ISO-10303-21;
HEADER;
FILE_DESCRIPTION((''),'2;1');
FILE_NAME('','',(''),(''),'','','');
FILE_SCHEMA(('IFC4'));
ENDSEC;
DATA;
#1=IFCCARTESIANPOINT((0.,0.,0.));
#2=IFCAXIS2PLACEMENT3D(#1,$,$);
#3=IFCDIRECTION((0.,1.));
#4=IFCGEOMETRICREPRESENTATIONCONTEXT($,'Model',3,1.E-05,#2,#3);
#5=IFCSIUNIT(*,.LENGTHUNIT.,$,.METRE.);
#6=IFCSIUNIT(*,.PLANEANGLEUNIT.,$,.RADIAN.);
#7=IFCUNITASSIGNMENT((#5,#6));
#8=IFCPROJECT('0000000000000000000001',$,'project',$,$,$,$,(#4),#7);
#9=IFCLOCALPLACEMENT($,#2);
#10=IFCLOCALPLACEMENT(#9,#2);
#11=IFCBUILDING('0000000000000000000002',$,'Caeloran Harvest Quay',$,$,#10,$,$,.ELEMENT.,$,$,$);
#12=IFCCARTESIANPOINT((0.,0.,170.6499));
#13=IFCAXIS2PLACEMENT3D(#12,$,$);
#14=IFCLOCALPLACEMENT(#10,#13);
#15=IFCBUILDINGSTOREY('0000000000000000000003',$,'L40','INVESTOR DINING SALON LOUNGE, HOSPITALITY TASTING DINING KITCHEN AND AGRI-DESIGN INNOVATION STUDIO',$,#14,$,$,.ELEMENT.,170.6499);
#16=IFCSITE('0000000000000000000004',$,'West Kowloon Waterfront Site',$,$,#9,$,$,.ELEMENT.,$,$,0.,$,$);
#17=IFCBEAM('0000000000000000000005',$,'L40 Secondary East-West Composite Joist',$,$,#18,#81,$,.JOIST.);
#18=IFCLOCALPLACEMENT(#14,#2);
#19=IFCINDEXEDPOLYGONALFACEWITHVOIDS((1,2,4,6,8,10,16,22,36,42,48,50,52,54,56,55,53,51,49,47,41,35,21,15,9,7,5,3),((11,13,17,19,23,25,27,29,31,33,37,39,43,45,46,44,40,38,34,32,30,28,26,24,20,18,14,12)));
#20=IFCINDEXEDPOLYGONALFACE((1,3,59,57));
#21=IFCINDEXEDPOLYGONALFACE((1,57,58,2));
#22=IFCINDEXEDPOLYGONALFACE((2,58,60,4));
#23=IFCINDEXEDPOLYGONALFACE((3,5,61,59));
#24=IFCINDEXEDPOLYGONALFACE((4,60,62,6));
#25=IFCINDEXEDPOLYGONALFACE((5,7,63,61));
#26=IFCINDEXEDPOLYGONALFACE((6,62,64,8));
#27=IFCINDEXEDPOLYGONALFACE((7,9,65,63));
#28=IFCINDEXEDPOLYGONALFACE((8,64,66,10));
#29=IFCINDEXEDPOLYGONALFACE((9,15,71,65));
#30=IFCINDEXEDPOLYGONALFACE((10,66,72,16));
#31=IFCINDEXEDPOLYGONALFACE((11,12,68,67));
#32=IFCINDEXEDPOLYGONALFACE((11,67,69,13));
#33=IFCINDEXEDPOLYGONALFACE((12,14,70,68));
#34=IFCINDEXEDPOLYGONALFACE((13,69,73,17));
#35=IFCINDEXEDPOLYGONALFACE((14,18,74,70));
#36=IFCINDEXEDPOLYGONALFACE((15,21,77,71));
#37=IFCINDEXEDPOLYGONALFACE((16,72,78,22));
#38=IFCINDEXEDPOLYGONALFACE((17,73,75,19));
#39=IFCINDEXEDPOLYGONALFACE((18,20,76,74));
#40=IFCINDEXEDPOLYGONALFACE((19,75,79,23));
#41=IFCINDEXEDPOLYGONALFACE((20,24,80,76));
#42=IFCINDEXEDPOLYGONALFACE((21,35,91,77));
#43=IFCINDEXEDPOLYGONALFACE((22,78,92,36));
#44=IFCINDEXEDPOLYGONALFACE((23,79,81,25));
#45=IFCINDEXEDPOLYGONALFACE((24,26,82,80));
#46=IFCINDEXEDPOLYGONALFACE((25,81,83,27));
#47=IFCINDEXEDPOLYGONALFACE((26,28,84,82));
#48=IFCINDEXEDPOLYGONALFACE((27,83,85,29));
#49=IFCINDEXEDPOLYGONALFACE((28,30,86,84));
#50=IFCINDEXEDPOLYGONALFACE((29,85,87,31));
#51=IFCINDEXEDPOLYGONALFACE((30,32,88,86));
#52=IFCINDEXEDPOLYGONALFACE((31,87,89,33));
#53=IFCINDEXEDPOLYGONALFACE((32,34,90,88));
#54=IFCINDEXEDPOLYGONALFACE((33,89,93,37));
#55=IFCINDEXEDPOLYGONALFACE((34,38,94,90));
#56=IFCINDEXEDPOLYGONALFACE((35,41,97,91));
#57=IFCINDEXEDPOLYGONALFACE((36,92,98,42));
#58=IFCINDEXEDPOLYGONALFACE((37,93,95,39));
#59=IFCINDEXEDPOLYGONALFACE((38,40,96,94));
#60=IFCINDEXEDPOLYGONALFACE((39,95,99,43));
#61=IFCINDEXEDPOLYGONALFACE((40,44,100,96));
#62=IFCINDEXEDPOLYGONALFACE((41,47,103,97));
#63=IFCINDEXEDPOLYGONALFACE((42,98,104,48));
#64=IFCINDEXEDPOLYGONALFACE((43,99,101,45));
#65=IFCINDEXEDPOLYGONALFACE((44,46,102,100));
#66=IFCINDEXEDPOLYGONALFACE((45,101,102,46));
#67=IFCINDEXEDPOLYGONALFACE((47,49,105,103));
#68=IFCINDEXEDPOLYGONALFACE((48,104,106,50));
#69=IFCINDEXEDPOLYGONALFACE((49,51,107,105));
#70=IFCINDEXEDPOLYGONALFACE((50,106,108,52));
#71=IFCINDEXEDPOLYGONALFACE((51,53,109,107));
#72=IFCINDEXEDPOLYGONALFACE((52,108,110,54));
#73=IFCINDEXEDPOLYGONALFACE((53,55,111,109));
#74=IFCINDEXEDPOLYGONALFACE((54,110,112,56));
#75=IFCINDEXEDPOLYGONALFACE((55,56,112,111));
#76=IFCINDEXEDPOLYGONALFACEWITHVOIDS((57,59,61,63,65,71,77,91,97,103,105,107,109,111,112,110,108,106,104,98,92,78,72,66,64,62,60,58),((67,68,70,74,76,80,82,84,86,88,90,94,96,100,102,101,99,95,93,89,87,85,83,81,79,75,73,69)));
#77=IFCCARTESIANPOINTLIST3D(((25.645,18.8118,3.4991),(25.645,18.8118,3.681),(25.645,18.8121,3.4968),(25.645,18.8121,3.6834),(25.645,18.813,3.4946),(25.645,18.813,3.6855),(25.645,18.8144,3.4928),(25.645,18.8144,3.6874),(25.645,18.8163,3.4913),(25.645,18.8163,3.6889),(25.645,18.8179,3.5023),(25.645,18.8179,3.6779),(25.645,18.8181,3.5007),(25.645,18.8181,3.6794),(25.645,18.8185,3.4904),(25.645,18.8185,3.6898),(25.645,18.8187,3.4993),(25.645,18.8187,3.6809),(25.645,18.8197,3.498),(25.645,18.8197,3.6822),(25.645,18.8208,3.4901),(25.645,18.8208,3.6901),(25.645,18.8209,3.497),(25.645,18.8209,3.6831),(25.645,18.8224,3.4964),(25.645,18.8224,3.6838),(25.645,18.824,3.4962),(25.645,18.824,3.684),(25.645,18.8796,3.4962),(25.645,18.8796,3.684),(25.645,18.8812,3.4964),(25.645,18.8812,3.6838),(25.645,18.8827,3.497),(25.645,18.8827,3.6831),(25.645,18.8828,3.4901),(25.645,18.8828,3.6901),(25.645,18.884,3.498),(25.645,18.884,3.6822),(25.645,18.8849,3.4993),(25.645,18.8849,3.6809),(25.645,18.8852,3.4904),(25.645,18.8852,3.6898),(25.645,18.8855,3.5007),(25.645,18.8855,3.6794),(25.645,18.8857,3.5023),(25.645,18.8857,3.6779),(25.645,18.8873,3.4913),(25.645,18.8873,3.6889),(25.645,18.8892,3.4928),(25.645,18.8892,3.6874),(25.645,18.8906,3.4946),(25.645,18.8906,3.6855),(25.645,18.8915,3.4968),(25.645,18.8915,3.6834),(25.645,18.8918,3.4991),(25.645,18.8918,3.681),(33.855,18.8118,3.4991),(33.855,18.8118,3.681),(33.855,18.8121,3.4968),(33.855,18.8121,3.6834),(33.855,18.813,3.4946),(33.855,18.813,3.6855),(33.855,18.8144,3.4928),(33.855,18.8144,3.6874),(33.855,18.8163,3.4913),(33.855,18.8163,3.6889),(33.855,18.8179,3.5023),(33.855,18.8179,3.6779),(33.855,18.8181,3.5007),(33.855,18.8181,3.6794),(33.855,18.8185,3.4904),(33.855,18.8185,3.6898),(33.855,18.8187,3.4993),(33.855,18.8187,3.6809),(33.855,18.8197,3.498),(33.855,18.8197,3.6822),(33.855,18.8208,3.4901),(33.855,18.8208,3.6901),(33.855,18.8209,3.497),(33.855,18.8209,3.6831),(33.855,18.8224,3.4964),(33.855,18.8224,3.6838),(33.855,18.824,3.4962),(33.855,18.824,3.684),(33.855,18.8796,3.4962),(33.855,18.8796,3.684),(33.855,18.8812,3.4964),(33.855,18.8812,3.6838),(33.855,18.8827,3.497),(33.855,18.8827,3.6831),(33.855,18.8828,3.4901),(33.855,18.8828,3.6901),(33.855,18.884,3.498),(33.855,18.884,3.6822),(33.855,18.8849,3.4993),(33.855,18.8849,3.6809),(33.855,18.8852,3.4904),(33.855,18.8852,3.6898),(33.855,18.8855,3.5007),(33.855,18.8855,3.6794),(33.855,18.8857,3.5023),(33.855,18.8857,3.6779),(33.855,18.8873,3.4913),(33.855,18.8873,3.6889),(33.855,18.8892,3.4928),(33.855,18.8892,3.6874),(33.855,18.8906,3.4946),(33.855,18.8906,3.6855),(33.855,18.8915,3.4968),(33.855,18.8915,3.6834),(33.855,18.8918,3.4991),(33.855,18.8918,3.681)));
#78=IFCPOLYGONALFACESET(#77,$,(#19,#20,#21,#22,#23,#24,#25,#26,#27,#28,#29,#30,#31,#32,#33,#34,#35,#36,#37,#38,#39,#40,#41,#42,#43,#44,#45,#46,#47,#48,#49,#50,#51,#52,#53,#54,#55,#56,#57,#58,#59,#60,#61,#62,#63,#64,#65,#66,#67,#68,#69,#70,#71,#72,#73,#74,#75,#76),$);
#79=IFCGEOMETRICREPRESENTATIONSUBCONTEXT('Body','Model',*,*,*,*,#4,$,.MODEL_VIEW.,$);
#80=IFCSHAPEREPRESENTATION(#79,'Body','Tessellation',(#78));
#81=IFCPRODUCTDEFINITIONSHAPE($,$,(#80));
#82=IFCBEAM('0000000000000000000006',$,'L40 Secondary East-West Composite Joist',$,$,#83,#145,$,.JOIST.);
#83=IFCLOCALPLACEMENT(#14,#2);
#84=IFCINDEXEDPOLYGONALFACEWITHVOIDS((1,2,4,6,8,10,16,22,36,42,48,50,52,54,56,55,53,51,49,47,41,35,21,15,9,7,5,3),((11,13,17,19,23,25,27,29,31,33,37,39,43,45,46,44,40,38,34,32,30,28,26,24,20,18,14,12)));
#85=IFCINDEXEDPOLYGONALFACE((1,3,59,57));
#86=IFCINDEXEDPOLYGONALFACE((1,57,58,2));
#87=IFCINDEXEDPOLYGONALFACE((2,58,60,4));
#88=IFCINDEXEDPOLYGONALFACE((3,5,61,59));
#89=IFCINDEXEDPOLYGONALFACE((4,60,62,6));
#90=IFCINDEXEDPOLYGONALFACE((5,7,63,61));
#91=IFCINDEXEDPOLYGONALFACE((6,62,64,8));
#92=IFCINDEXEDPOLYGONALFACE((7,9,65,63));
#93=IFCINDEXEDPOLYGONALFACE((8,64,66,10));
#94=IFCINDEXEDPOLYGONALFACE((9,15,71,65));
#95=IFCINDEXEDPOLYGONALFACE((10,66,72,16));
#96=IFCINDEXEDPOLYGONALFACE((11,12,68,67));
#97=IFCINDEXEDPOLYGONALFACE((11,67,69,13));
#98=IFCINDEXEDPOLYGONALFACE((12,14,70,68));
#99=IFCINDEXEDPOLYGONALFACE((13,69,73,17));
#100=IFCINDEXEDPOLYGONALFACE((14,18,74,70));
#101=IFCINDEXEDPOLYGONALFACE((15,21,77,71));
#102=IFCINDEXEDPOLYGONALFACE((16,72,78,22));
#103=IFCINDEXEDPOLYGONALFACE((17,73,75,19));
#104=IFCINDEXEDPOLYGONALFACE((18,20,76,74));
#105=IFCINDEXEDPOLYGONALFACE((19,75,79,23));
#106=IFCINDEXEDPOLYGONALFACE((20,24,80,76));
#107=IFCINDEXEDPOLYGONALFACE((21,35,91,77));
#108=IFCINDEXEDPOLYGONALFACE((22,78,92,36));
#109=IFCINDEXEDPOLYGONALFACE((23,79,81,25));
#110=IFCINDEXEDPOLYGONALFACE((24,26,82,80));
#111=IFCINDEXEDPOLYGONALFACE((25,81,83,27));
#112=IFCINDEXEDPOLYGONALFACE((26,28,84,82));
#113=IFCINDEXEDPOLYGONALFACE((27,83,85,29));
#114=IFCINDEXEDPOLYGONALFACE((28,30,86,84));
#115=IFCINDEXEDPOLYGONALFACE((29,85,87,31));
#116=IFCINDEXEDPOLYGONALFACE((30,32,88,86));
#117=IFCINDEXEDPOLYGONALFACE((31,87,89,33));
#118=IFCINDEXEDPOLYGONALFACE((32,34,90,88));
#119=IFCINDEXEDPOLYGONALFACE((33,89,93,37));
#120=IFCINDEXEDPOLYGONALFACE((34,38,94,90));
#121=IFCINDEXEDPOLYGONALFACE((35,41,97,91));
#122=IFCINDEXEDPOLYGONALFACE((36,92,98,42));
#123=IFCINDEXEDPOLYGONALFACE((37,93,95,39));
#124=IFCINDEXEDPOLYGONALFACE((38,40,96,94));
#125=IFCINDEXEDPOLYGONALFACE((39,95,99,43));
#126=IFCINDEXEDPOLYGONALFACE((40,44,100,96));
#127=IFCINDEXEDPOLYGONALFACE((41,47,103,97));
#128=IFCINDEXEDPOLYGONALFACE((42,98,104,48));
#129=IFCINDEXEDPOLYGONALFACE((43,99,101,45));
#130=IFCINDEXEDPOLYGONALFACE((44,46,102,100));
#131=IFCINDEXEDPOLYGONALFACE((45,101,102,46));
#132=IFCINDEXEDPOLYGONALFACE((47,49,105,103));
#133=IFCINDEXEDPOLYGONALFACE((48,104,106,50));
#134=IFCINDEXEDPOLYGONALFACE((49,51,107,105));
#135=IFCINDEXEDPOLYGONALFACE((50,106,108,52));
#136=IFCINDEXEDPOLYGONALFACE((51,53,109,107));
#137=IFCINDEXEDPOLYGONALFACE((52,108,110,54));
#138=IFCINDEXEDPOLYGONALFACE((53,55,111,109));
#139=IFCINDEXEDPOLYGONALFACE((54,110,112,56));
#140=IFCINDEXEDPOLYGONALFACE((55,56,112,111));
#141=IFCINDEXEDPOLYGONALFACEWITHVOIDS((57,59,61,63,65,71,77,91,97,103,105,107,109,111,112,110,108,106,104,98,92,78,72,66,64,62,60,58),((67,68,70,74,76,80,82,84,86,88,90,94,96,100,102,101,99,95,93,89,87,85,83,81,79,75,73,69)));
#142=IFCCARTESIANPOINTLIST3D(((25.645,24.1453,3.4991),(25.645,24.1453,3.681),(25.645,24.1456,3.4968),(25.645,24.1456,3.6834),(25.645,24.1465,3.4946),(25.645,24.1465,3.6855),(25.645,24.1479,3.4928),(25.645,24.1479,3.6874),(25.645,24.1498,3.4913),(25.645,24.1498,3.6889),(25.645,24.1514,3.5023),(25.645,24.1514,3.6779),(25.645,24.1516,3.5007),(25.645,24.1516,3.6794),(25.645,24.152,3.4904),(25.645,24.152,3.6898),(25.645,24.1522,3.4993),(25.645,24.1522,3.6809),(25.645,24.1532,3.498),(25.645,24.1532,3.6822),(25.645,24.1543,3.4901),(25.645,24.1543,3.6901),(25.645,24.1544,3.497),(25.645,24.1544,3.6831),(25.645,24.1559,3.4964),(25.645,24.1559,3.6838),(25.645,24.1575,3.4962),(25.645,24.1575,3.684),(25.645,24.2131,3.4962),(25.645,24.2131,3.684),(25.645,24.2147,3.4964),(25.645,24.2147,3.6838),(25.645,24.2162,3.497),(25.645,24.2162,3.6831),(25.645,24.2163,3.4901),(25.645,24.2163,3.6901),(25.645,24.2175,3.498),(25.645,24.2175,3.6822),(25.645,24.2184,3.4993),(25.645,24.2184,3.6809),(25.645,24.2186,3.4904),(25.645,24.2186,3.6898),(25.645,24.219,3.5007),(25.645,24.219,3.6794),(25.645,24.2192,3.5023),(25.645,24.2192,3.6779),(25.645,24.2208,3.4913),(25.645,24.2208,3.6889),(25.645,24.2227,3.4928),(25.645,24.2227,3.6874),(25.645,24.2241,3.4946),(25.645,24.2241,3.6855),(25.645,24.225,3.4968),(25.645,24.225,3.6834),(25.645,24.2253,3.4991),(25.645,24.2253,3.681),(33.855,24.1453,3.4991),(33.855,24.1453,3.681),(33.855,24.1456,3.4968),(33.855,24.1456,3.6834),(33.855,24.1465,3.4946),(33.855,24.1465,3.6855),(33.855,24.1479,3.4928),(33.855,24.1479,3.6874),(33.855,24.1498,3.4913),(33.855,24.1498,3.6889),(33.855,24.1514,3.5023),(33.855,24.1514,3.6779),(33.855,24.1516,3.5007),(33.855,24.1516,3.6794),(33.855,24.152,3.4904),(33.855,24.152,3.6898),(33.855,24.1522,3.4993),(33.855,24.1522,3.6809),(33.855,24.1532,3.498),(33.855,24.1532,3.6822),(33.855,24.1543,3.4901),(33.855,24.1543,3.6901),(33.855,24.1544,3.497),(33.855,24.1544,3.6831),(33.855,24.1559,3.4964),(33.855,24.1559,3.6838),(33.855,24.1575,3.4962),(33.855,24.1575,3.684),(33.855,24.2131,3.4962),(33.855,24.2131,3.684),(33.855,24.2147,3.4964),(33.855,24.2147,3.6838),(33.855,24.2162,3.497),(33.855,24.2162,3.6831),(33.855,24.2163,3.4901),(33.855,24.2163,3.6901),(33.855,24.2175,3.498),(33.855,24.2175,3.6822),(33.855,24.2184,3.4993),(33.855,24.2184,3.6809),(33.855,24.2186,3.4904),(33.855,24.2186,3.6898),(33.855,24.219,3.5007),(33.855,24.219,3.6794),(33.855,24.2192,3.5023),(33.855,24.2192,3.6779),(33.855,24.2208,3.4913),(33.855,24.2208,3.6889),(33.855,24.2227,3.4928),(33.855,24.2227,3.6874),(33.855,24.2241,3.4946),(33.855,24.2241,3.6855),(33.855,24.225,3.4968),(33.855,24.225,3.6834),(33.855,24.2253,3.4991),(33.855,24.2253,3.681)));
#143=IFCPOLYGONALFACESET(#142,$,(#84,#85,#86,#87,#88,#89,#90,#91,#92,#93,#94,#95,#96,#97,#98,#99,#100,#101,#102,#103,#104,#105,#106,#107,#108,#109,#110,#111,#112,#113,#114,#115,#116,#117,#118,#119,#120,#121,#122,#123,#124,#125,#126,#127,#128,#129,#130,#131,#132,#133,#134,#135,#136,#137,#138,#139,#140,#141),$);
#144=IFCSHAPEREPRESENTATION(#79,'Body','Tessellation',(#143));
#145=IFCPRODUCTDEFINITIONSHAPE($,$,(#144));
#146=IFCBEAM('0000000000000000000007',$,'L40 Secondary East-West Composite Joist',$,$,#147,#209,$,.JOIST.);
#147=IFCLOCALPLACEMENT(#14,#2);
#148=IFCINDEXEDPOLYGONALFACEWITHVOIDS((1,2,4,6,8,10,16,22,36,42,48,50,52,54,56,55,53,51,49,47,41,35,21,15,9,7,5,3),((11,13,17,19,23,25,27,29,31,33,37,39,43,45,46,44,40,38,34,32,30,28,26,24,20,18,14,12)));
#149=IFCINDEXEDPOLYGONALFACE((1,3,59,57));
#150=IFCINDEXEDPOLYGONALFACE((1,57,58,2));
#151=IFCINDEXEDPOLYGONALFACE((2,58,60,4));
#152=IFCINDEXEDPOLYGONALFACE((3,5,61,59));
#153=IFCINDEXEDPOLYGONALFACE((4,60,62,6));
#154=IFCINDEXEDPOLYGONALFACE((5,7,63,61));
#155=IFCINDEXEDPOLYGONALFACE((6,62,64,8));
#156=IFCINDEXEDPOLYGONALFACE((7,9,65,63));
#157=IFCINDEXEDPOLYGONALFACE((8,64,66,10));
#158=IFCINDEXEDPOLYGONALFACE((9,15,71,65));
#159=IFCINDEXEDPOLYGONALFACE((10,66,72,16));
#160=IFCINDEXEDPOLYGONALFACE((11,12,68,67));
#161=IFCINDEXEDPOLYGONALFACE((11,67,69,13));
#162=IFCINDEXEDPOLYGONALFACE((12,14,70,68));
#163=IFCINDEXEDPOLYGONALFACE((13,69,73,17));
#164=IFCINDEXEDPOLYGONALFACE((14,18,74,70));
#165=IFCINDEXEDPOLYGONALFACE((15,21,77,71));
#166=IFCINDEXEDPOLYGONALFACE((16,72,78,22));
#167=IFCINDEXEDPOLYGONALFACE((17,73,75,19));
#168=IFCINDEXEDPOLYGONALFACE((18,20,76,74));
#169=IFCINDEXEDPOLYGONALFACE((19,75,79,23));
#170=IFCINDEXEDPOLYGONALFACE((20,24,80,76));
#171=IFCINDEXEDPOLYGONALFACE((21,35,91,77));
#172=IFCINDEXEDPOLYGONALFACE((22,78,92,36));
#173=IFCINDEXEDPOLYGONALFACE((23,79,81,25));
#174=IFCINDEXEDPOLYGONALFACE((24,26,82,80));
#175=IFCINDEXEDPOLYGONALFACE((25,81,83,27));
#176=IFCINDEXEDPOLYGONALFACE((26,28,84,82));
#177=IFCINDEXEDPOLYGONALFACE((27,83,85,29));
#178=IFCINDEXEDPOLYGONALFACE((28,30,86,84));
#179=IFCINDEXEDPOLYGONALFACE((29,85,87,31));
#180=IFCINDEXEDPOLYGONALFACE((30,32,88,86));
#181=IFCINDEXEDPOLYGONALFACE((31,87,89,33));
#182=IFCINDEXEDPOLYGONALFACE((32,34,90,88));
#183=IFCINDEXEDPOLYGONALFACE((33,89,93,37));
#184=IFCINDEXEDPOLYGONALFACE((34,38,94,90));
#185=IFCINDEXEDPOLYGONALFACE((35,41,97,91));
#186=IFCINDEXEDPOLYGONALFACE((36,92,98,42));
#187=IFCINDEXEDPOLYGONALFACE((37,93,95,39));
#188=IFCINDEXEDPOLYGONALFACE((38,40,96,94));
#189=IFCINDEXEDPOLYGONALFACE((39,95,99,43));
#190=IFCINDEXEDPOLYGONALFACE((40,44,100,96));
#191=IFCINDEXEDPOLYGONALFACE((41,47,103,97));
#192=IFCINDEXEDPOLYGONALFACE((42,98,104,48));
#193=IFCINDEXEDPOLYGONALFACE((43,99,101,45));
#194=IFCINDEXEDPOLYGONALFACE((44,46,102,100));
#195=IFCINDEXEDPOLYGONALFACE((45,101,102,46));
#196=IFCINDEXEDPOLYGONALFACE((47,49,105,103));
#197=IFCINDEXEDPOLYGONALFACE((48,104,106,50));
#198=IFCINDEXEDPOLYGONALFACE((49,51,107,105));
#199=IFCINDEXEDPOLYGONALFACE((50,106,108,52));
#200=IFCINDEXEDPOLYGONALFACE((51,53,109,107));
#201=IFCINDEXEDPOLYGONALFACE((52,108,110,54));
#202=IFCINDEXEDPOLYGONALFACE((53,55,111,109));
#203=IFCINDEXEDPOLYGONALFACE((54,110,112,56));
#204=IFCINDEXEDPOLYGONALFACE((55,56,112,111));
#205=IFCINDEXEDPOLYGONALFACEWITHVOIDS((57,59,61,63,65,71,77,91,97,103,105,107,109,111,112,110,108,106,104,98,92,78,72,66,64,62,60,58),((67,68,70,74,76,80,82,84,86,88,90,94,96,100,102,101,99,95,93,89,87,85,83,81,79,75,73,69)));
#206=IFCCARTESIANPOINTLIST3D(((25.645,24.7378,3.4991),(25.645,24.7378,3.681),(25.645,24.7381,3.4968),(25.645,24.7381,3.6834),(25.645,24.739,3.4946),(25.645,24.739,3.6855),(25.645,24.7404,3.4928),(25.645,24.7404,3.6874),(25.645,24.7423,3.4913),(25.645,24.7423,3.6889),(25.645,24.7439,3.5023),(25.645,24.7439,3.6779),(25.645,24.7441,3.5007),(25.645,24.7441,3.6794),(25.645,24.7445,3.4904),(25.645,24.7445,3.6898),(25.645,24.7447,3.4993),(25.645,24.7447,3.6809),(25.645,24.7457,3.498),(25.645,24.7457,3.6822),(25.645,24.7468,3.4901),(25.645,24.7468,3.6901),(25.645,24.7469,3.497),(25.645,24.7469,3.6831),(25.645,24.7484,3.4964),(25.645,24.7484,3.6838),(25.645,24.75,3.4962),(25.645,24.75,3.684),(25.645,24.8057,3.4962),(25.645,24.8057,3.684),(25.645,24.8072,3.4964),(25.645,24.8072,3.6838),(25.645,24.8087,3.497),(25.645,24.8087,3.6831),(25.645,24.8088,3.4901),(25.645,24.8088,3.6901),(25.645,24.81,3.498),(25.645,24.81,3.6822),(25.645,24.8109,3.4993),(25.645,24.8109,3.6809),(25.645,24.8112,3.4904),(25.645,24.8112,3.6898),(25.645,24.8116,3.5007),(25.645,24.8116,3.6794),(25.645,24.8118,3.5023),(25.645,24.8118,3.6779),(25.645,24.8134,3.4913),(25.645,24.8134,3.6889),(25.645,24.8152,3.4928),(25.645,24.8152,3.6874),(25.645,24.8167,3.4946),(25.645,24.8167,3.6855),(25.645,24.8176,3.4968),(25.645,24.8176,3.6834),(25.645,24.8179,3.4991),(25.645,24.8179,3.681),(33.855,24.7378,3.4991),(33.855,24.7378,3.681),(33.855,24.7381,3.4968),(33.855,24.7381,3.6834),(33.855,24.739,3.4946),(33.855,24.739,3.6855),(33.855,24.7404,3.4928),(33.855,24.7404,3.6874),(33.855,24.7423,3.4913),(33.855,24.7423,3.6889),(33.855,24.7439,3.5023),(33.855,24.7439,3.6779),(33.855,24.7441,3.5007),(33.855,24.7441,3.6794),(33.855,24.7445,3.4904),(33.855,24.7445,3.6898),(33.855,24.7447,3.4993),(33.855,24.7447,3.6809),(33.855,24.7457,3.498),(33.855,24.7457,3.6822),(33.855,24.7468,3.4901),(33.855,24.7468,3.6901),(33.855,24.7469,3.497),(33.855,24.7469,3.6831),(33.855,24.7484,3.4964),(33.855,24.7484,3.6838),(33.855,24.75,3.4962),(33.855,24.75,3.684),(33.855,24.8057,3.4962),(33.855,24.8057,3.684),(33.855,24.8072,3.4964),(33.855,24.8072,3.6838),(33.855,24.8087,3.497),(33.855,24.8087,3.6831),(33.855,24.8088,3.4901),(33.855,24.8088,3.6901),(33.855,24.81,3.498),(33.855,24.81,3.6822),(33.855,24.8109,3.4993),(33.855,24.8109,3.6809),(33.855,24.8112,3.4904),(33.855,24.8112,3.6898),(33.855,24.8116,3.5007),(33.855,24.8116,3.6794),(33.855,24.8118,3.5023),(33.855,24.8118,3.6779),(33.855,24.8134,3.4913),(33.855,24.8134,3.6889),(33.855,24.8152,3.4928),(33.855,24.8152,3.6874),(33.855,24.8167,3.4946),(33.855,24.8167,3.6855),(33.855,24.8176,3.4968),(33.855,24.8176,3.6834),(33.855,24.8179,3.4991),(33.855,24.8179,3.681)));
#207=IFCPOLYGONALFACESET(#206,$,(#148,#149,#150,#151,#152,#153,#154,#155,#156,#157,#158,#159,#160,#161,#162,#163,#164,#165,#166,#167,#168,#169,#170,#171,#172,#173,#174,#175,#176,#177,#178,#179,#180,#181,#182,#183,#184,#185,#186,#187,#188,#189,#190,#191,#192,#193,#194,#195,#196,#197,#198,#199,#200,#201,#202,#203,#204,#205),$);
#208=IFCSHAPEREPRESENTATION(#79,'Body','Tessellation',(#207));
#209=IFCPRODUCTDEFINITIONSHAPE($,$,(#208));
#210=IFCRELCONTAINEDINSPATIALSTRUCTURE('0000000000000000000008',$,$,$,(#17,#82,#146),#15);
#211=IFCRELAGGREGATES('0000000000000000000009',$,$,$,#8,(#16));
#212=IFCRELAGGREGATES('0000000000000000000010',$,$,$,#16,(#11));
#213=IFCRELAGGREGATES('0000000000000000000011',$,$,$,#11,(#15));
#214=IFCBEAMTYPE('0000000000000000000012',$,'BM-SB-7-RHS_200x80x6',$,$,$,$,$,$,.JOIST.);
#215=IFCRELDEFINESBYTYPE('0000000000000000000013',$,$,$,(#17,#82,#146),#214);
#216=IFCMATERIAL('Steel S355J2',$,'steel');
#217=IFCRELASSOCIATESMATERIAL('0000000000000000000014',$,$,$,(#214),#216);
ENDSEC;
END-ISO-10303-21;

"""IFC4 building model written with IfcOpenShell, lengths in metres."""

from ifc_helpers import new_model, si_unit, direction, frame, origin, origin_2d, place, context, subcontext, project, spatial, hollow_rectangle, extrude, material, material_profile, profile_set, type_object, element, save


model = new_model("IFC4")

# Units and contexts
model_context = context("Model", 3, precision=1e-05, world=origin(), true_north=direction((0.0, 1.0)))
body_context = subcontext(model_context, "Body", "Model", "MODEL_VIEW")
ifc_project = project(units=[si_unit("LENGTHUNIT", "METRE"), si_unit("PLANEANGLEUNIT", "RADIAN")], contexts=[model_context])

# Site, building, storey
site_placement = place(None, origin())
site = spatial("IfcSite", under=ifc_project, at=site_placement, Name="West Kowloon Waterfront Site", CompositionType="ELEMENT", RefElevation=0.0)
building_placement = place(site_placement, origin())
building = spatial("IfcBuilding", under=site, at=building_placement, Name="Caeloran Harvest Quay", CompositionType="ELEMENT")
storey_placement = place(building_placement, frame((0.0, 0.0, 170.6499)))
storey = spatial("IfcBuildingStorey", under=building, at=storey_placement, Name="L40", Description="INVESTOR DINING SALON LOUNGE, HOSPITALITY TASTING DINING KITCHEN AND AGRI-DESIGN INNOVATION STUDIO", CompositionType="ELEMENT", Elevation=170.6499)

# Beams
ifc_material_1 = material(Name="Steel S355J2", Category="steel")
ifc_material_profile_1 = material_profile(ifc_material_1, hollow_rectangle(XDim=0.0801, YDim=0.2, WallThickness=0.0061, InnerFilletRadius=0.0061, OuterFilletRadius=0.009, at=origin_2d()), Name="RHS 200x80x6")
ifc_profile_set_1 = profile_set([ifc_material_profile_1], Name="Steel S355J2")
beam_type_1 = type_object("IfcBeamType", Name="BM-SB-7-RHS_200x80x6", PredefinedType="JOIST", material=ifc_profile_set_1)
for number, where, z_axis, x_axis, name in (
    (1, (25.645, 18.8518, 3.5901), (1.0, 0.0, 0.0), (0.0, 1.0, 0.0), "L40 Secondary East-West Composite Joist"),
    (2, (25.645, 24.1853, 3.5901), (1.0, 0.0, 0.0), (0.0, 1.0, 0.0), "L40 Secondary East-West Composite Joist"),
    (3, (25.645, 24.7778, 3.5901), (1.0, 0.0, 0.0), (0.0, 1.0, 0.0), "L40 Secondary East-West Composite Joist"),
):
    element("IfcBeam", number, at=place(storey_placement, frame(where, z_axis=z_axis, x_axis=x_axis)), inside=storey, type_object=beam_type_1, Name=name, PredefinedType="JOIST", context=body_context, shape_type="SweptSolid", body=[
        extrude(hollow_rectangle(XDim=0.0801, YDim=0.2, WallThickness=0.0061, InnerFilletRadius=0.0061, OuterFilletRadius=0.009, at=origin_2d()), origin(), (0.0, 0.0, 1.0), 8.21),
    ])

save(model, "model.ifc")
